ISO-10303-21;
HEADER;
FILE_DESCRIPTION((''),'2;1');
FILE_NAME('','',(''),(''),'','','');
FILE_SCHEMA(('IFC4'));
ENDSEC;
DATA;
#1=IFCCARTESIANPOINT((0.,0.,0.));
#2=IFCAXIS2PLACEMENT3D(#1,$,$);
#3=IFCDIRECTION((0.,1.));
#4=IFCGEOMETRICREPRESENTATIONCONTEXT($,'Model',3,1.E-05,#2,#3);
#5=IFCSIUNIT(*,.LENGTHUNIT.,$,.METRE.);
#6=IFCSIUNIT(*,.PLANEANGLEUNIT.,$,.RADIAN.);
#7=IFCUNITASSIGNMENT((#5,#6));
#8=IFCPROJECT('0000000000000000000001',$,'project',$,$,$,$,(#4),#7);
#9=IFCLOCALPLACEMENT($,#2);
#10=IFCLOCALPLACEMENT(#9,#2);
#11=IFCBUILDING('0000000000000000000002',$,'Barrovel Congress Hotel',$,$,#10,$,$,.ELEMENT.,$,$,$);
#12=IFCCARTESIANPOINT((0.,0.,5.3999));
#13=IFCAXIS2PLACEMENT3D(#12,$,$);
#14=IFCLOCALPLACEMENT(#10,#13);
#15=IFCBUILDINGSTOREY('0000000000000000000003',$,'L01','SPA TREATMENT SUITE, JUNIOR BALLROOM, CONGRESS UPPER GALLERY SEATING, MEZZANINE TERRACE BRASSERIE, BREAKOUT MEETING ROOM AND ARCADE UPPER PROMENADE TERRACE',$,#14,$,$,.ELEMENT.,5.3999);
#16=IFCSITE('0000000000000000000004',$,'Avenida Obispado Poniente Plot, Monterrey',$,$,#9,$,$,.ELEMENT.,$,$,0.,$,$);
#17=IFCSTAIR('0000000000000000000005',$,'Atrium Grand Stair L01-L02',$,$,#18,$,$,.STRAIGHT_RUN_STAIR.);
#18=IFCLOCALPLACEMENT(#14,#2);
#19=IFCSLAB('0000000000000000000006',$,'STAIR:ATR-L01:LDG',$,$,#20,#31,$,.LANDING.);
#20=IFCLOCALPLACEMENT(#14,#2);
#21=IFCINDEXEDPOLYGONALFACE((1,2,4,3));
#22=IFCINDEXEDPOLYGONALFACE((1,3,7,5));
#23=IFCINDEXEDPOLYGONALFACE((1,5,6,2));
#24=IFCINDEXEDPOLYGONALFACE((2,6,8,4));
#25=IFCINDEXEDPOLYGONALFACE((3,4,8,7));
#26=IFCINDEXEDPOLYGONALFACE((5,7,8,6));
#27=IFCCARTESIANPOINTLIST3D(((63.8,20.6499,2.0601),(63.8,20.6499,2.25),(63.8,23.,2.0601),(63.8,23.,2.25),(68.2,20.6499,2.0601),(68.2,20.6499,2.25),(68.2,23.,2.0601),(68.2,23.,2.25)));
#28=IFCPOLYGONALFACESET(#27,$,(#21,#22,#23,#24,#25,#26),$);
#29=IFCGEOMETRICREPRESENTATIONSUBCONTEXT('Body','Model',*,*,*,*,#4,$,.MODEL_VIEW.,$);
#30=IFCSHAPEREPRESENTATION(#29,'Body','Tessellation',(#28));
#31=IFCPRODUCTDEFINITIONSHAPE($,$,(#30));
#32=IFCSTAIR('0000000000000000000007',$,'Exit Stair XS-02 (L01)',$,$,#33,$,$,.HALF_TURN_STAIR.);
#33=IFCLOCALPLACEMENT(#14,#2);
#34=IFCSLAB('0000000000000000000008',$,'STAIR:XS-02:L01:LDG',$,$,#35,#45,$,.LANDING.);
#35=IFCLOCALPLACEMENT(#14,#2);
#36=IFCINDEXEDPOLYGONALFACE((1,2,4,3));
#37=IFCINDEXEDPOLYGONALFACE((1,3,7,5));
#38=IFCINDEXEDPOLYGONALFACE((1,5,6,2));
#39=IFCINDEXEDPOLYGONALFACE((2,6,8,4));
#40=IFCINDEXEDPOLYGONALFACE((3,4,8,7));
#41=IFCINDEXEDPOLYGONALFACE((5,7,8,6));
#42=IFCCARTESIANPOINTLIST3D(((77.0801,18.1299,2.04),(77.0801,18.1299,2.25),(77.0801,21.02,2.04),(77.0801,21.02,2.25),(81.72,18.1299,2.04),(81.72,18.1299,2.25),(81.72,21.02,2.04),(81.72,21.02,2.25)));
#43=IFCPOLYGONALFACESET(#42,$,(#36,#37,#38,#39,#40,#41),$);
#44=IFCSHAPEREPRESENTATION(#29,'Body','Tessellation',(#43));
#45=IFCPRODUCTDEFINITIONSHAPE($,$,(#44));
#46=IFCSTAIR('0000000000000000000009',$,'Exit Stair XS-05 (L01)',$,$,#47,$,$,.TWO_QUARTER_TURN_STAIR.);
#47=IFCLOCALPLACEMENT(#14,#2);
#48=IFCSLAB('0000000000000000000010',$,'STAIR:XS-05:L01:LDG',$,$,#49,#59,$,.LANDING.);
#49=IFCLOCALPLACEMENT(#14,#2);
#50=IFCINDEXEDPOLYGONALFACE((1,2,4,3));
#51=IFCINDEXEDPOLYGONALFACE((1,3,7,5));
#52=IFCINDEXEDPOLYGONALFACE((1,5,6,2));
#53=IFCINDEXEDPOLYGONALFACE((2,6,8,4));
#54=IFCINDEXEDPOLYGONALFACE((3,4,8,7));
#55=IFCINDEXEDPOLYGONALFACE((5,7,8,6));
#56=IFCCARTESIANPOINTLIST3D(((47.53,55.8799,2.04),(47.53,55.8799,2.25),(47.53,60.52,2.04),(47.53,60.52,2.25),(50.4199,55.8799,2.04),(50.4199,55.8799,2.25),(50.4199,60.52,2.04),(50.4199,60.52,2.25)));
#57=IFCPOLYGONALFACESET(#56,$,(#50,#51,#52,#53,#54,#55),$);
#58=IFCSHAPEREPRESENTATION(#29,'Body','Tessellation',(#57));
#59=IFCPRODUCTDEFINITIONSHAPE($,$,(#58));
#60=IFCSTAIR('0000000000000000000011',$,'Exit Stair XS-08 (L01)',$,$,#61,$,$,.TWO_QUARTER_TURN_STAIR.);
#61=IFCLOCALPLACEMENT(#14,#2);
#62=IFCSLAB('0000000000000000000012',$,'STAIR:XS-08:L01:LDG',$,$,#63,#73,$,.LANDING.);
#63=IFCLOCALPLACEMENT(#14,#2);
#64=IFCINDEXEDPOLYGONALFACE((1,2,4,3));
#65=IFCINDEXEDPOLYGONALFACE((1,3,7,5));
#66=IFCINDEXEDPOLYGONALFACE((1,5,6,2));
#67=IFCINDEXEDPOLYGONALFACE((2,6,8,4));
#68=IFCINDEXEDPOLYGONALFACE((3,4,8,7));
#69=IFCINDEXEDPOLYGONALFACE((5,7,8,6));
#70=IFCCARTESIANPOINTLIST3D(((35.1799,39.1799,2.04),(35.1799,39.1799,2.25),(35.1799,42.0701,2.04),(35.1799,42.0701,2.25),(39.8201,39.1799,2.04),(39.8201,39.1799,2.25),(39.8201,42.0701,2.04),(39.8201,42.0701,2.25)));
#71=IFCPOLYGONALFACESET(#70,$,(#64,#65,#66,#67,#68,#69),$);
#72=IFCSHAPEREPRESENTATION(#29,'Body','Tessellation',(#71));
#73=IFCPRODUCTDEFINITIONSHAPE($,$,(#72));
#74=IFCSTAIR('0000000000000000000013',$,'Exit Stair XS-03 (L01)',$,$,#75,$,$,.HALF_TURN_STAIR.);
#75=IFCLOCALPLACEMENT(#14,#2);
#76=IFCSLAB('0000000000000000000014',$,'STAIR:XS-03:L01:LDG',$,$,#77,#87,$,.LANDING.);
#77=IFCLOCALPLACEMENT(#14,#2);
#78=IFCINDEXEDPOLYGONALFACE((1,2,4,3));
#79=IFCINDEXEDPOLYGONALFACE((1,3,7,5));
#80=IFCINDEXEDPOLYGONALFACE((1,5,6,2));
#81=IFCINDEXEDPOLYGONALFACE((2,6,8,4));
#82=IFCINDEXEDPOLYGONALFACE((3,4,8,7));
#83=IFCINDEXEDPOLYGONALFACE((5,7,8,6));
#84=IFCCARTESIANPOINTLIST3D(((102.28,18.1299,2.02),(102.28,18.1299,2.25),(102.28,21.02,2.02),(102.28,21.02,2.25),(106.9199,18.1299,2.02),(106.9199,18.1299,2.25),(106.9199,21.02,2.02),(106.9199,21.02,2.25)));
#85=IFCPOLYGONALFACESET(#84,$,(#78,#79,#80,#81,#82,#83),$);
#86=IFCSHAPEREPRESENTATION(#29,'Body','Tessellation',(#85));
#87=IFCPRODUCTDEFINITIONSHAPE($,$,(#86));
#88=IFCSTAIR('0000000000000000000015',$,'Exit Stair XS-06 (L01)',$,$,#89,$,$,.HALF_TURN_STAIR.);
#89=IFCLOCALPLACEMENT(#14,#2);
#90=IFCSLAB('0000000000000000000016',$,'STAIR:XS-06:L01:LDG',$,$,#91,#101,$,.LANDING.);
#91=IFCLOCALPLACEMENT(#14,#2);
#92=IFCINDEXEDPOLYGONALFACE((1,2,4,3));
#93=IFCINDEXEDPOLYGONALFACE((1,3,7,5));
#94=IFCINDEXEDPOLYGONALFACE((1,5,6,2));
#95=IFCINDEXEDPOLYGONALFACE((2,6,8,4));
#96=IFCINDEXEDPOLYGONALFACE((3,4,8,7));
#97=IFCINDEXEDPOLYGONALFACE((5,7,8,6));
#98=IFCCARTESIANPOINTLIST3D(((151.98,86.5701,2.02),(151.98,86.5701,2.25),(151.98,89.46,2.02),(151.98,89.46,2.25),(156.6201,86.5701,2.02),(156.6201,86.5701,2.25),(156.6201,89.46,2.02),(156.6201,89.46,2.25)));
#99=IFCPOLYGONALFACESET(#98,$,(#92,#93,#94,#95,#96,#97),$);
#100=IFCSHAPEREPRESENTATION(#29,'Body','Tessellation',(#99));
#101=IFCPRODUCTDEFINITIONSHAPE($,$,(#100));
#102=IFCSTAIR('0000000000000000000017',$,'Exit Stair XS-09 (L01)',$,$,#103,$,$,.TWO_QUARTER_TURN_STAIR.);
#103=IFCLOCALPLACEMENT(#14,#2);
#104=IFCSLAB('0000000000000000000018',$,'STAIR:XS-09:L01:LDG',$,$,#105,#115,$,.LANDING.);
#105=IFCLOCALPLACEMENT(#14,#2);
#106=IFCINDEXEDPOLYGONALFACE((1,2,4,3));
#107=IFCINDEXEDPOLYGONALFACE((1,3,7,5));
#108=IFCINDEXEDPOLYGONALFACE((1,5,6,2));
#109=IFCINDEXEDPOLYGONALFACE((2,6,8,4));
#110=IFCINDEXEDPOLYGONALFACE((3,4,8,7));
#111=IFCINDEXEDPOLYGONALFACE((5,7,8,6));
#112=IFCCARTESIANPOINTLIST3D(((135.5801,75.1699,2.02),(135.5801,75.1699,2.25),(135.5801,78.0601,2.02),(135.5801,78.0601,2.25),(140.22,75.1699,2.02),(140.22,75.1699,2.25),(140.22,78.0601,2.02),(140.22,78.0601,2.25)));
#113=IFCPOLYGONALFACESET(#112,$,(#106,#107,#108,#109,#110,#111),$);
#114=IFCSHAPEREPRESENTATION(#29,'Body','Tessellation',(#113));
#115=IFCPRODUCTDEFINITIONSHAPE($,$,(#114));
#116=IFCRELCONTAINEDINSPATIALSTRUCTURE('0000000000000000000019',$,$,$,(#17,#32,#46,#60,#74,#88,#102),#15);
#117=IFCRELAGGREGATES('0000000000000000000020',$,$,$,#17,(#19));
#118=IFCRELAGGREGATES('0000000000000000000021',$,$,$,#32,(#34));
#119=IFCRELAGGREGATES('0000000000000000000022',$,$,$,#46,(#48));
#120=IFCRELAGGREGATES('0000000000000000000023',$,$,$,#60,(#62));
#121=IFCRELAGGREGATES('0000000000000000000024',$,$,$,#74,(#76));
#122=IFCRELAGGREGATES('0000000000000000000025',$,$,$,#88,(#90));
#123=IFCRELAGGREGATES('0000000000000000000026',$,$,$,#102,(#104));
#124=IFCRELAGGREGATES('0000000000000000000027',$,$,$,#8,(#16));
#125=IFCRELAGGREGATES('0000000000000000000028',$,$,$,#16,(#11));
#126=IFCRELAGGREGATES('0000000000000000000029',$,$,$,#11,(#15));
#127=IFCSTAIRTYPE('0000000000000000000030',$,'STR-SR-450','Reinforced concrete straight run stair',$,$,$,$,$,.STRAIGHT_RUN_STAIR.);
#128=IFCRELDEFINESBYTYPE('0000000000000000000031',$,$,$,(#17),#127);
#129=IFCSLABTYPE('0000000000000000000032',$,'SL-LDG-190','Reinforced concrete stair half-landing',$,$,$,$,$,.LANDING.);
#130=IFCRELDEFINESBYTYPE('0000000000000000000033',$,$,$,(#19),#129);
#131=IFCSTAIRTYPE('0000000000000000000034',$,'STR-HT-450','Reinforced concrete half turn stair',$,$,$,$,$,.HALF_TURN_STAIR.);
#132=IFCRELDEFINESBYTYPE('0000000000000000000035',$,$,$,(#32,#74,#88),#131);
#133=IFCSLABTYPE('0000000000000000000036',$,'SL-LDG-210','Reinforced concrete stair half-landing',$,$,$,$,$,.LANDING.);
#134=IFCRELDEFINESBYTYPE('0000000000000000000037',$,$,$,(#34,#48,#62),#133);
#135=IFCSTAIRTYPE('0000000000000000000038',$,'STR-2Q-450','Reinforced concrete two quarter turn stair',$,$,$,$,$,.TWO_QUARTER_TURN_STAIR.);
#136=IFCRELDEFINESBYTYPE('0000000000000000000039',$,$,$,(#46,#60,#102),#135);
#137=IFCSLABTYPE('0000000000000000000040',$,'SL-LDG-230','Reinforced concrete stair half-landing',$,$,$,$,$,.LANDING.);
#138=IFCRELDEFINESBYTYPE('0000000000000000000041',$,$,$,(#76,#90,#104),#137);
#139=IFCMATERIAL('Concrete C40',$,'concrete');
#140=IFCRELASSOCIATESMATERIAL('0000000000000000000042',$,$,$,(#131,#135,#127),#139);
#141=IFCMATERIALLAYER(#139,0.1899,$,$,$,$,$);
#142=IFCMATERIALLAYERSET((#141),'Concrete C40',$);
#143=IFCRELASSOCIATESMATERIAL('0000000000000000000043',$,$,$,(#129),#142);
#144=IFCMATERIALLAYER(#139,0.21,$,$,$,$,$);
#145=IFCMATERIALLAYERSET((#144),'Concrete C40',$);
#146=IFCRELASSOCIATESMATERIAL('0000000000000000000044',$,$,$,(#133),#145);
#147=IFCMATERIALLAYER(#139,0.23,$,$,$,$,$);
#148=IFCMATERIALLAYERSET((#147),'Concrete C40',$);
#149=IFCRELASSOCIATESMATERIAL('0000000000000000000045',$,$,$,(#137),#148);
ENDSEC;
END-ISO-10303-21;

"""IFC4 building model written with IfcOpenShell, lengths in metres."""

from ifc_helpers import new_model, si_unit, direction, frame, origin, place, context, subcontext, project, spatial, polyline, outline, extrude, material, layer, layer_set, type_object, element, aggregate, save


model = new_model("IFC4")

# Units and contexts
model_context = context("Model", 3, precision=1e-05, world=origin(), true_north=direction((0.0, 1.0)))
body_context = subcontext(model_context, "Body", "Model", "MODEL_VIEW")
ifc_project = project(units=[si_unit("LENGTHUNIT", "METRE"), si_unit("PLANEANGLEUNIT", "RADIAN")], contexts=[model_context])

# Site, building, storey
site_placement = place(None, origin())
site = spatial("IfcSite", under=ifc_project, at=site_placement, Name="Avenida Obispado Poniente Plot, Monterrey", CompositionType="ELEMENT", RefElevation=0.0)
building_placement = place(site_placement, origin())
building = spatial("IfcBuilding", under=site, at=building_placement, Name="Barrovel Congress Hotel", CompositionType="ELEMENT")
storey_placement = place(building_placement, frame((0.0, 0.0, 5.3999)))
storey = spatial("IfcBuildingStorey", under=building, at=storey_placement, Name="L01", Description="SPA TREATMENT SUITE, JUNIOR BALLROOM, CONGRESS UPPER GALLERY SEATING, MEZZANINE TERRACE BRASSERIE, BREAKOUT MEETING ROOM AND ARCADE UPPER PROMENADE TERRACE", CompositionType="ELEMENT", Elevation=5.3999)

# Stairs, slabs
ifc_material_1 = material(Name="Concrete C40", Category="concrete")
stair_type_1 = type_object("IfcStairType", Name="STR-HT-450", Description="Reinforced concrete half turn stair", PredefinedType="HALF_TURN_STAIR", material=ifc_material_1)
ifc_layer_1 = layer(ifc_material_1, 0.1899)
ifc_layer_set_1 = layer_set([ifc_layer_1], Name="Concrete C40")
slab_type_1 = type_object("IfcSlabType", Name="SL-LDG-190", Description="Reinforced concrete stair half-landing", PredefinedType="LANDING", material=ifc_layer_set_1)
stair_type_2 = type_object("IfcStairType", Name="STR-2Q-450", Description="Reinforced concrete two quarter turn stair", PredefinedType="TWO_QUARTER_TURN_STAIR", material=ifc_material_1)
stair_type_3 = type_object("IfcStairType", Name="STR-SR-450", Description="Reinforced concrete straight run stair", PredefinedType="STRAIGHT_RUN_STAIR", material=ifc_material_1)
stair_1_placement = place(storey_placement, origin())
stair_1 = element("IfcStair", 1, at=stair_1_placement, inside=storey, type_object=stair_type_3, Name="Atrium Grand Stair L01-L02", PredefinedType="STRAIGHT_RUN_STAIR")
slab_1_placement = place(storey_placement, frame((0.0, 0.0, 2.0601)))
slab_1 = element("IfcSlab", 2, at=slab_1_placement, type_object=slab_type_1, Name="STAIR:ATR-L01:LDG", PredefinedType="LANDING", context=body_context, shape_type="SweptSolid", body=[
    extrude(outline(polyline([(63.8, 20.6499), (68.2, 20.6499), (68.2, 23.0), (63.8, 23.0), (63.8, 20.6499)])), origin(), (0.0, 0.0, 1.0), 0.1899),
])
aggregate(stair_1, [slab_1])
stair_2_placement = place(storey_placement, origin())
stair_2 = element("IfcStair", 3, at=stair_2_placement, inside=storey, type_object=stair_type_1, Name="Exit Stair XS-02 (L01)", PredefinedType="HALF_TURN_STAIR")
ifc_layer_2 = layer(ifc_material_1, 0.21)
ifc_layer_set_2 = layer_set([ifc_layer_2], Name="Concrete C40")
slab_type_2 = type_object("IfcSlabType", Name="SL-LDG-210", Description="Reinforced concrete stair half-landing", PredefinedType="LANDING", material=ifc_layer_set_2)
slab_2_placement = place(storey_placement, frame((0.0, 0.0, 2.04)))
slab_2 = element("IfcSlab", 4, at=slab_2_placement, type_object=slab_type_2, Name="STAIR:XS-02:L01:LDG", PredefinedType="LANDING", context=body_context, shape_type="SweptSolid", body=[
    extrude(outline(polyline([(77.0801, 18.1299), (81.72, 18.1299), (81.72, 21.02), (77.0801, 21.02), (77.0801, 18.1299)])), origin(), (0.0, 0.0, 1.0), 0.21),
])
aggregate(stair_2, [slab_2])
stair_3_placement = place(storey_placement, origin())
stair_3 = element("IfcStair", 5, at=stair_3_placement, inside=storey, type_object=stair_type_2, Name="Exit Stair XS-05 (L01)", PredefinedType="TWO_QUARTER_TURN_STAIR")
slab_3_placement = place(storey_placement, frame((0.0, 0.0, 2.04)))
slab_3 = element("IfcSlab", 6, at=slab_3_placement, type_object=slab_type_2, Name="STAIR:XS-05:L01:LDG", PredefinedType="LANDING", context=body_context, shape_type="SweptSolid", body=[
    extrude(outline(polyline([(47.53, 55.8799), (50.4199, 55.8799), (50.4199, 60.52), (47.53, 60.52), (47.53, 55.8799)])), origin(), (0.0, 0.0, 1.0), 0.21),
])
aggregate(stair_3, [slab_3])
stair_4_placement = place(storey_placement, origin())
stair_4 = element("IfcStair", 7, at=stair_4_placement, inside=storey, type_object=stair_type_2, Name="Exit Stair XS-08 (L01)", PredefinedType="TWO_QUARTER_TURN_STAIR")
slab_4_placement = place(storey_placement, frame((0.0, 0.0, 2.04)))
slab_4 = element("IfcSlab", 8, at=slab_4_placement, type_object=slab_type_2, Name="STAIR:XS-08:L01:LDG", PredefinedType="LANDING", context=body_context, shape_type="SweptSolid", body=[
    extrude(outline(polyline([(35.1799, 39.1799), (39.8201, 39.1799), (39.8201, 42.0701), (35.1799, 42.0701), (35.1799, 39.1799)])), origin(), (0.0, 0.0, 1.0), 0.21),
])
aggregate(stair_4, [slab_4])
stair_5_placement = place(storey_placement, origin())
stair_5 = element("IfcStair", 9, at=stair_5_placement, inside=storey, type_object=stair_type_1, Name="Exit Stair XS-03 (L01)", PredefinedType="HALF_TURN_STAIR")
ifc_layer_3 = layer(ifc_material_1, 0.23)
ifc_layer_set_3 = layer_set([ifc_layer_3], Name="Concrete C40")
slab_type_3 = type_object("IfcSlabType", Name="SL-LDG-230", Description="Reinforced concrete stair half-landing", PredefinedType="LANDING", material=ifc_layer_set_3)
slab_5_placement = place(storey_placement, frame((0.0, 0.0, 2.02)))
slab_5 = element("IfcSlab", 10, at=slab_5_placement, type_object=slab_type_3, Name="STAIR:XS-03:L01:LDG", PredefinedType="LANDING", context=body_context, shape_type="SweptSolid", body=[
    extrude(outline(polyline([(102.28, 18.1299), (106.9199, 18.1299), (106.9199, 21.02), (102.28, 21.02), (102.28, 18.1299)])), origin(), (0.0, 0.0, 1.0), 0.23),
])
aggregate(stair_5, [slab_5])
stair_6_placement = place(storey_placement, origin())
stair_6 = element("IfcStair", 11, at=stair_6_placement, inside=storey, type_object=stair_type_1, Name="Exit Stair XS-06 (L01)", PredefinedType="HALF_TURN_STAIR")
slab_6_placement = place(storey_placement, frame((0.0, 0.0, 2.02)))
slab_6 = element("IfcSlab", 12, at=slab_6_placement, type_object=slab_type_3, Name="STAIR:XS-06:L01:LDG", PredefinedType="LANDING", context=body_context, shape_type="SweptSolid", body=[
    extrude(outline(polyline([(151.98, 86.5701), (156.6201, 86.5701), (156.6201, 89.46), (151.98, 89.46), (151.98, 86.5701)])), origin(), (0.0, 0.0, 1.0), 0.23),
])
aggregate(stair_6, [slab_6])
stair_7_placement = place(storey_placement, origin())
stair_7 = element("IfcStair", 13, at=stair_7_placement, inside=storey, type_object=stair_type_2, Name="Exit Stair XS-09 (L01)", PredefinedType="TWO_QUARTER_TURN_STAIR")
slab_7_placement = place(storey_placement, frame((0.0, 0.0, 2.02)))
slab_7 = element("IfcSlab", 14, at=slab_7_placement, type_object=slab_type_3, Name="STAIR:XS-09:L01:LDG", PredefinedType="LANDING", context=body_context, shape_type="SweptSolid", body=[
    extrude(outline(polyline([(135.5801, 75.1699), (140.22, 75.1699), (140.22, 78.0601), (135.5801, 78.0601), (135.5801, 75.1699)])), origin(), (0.0, 0.0, 1.0), 0.23),
])
aggregate(stair_7, [slab_7])

save(model, "model.ifc")
